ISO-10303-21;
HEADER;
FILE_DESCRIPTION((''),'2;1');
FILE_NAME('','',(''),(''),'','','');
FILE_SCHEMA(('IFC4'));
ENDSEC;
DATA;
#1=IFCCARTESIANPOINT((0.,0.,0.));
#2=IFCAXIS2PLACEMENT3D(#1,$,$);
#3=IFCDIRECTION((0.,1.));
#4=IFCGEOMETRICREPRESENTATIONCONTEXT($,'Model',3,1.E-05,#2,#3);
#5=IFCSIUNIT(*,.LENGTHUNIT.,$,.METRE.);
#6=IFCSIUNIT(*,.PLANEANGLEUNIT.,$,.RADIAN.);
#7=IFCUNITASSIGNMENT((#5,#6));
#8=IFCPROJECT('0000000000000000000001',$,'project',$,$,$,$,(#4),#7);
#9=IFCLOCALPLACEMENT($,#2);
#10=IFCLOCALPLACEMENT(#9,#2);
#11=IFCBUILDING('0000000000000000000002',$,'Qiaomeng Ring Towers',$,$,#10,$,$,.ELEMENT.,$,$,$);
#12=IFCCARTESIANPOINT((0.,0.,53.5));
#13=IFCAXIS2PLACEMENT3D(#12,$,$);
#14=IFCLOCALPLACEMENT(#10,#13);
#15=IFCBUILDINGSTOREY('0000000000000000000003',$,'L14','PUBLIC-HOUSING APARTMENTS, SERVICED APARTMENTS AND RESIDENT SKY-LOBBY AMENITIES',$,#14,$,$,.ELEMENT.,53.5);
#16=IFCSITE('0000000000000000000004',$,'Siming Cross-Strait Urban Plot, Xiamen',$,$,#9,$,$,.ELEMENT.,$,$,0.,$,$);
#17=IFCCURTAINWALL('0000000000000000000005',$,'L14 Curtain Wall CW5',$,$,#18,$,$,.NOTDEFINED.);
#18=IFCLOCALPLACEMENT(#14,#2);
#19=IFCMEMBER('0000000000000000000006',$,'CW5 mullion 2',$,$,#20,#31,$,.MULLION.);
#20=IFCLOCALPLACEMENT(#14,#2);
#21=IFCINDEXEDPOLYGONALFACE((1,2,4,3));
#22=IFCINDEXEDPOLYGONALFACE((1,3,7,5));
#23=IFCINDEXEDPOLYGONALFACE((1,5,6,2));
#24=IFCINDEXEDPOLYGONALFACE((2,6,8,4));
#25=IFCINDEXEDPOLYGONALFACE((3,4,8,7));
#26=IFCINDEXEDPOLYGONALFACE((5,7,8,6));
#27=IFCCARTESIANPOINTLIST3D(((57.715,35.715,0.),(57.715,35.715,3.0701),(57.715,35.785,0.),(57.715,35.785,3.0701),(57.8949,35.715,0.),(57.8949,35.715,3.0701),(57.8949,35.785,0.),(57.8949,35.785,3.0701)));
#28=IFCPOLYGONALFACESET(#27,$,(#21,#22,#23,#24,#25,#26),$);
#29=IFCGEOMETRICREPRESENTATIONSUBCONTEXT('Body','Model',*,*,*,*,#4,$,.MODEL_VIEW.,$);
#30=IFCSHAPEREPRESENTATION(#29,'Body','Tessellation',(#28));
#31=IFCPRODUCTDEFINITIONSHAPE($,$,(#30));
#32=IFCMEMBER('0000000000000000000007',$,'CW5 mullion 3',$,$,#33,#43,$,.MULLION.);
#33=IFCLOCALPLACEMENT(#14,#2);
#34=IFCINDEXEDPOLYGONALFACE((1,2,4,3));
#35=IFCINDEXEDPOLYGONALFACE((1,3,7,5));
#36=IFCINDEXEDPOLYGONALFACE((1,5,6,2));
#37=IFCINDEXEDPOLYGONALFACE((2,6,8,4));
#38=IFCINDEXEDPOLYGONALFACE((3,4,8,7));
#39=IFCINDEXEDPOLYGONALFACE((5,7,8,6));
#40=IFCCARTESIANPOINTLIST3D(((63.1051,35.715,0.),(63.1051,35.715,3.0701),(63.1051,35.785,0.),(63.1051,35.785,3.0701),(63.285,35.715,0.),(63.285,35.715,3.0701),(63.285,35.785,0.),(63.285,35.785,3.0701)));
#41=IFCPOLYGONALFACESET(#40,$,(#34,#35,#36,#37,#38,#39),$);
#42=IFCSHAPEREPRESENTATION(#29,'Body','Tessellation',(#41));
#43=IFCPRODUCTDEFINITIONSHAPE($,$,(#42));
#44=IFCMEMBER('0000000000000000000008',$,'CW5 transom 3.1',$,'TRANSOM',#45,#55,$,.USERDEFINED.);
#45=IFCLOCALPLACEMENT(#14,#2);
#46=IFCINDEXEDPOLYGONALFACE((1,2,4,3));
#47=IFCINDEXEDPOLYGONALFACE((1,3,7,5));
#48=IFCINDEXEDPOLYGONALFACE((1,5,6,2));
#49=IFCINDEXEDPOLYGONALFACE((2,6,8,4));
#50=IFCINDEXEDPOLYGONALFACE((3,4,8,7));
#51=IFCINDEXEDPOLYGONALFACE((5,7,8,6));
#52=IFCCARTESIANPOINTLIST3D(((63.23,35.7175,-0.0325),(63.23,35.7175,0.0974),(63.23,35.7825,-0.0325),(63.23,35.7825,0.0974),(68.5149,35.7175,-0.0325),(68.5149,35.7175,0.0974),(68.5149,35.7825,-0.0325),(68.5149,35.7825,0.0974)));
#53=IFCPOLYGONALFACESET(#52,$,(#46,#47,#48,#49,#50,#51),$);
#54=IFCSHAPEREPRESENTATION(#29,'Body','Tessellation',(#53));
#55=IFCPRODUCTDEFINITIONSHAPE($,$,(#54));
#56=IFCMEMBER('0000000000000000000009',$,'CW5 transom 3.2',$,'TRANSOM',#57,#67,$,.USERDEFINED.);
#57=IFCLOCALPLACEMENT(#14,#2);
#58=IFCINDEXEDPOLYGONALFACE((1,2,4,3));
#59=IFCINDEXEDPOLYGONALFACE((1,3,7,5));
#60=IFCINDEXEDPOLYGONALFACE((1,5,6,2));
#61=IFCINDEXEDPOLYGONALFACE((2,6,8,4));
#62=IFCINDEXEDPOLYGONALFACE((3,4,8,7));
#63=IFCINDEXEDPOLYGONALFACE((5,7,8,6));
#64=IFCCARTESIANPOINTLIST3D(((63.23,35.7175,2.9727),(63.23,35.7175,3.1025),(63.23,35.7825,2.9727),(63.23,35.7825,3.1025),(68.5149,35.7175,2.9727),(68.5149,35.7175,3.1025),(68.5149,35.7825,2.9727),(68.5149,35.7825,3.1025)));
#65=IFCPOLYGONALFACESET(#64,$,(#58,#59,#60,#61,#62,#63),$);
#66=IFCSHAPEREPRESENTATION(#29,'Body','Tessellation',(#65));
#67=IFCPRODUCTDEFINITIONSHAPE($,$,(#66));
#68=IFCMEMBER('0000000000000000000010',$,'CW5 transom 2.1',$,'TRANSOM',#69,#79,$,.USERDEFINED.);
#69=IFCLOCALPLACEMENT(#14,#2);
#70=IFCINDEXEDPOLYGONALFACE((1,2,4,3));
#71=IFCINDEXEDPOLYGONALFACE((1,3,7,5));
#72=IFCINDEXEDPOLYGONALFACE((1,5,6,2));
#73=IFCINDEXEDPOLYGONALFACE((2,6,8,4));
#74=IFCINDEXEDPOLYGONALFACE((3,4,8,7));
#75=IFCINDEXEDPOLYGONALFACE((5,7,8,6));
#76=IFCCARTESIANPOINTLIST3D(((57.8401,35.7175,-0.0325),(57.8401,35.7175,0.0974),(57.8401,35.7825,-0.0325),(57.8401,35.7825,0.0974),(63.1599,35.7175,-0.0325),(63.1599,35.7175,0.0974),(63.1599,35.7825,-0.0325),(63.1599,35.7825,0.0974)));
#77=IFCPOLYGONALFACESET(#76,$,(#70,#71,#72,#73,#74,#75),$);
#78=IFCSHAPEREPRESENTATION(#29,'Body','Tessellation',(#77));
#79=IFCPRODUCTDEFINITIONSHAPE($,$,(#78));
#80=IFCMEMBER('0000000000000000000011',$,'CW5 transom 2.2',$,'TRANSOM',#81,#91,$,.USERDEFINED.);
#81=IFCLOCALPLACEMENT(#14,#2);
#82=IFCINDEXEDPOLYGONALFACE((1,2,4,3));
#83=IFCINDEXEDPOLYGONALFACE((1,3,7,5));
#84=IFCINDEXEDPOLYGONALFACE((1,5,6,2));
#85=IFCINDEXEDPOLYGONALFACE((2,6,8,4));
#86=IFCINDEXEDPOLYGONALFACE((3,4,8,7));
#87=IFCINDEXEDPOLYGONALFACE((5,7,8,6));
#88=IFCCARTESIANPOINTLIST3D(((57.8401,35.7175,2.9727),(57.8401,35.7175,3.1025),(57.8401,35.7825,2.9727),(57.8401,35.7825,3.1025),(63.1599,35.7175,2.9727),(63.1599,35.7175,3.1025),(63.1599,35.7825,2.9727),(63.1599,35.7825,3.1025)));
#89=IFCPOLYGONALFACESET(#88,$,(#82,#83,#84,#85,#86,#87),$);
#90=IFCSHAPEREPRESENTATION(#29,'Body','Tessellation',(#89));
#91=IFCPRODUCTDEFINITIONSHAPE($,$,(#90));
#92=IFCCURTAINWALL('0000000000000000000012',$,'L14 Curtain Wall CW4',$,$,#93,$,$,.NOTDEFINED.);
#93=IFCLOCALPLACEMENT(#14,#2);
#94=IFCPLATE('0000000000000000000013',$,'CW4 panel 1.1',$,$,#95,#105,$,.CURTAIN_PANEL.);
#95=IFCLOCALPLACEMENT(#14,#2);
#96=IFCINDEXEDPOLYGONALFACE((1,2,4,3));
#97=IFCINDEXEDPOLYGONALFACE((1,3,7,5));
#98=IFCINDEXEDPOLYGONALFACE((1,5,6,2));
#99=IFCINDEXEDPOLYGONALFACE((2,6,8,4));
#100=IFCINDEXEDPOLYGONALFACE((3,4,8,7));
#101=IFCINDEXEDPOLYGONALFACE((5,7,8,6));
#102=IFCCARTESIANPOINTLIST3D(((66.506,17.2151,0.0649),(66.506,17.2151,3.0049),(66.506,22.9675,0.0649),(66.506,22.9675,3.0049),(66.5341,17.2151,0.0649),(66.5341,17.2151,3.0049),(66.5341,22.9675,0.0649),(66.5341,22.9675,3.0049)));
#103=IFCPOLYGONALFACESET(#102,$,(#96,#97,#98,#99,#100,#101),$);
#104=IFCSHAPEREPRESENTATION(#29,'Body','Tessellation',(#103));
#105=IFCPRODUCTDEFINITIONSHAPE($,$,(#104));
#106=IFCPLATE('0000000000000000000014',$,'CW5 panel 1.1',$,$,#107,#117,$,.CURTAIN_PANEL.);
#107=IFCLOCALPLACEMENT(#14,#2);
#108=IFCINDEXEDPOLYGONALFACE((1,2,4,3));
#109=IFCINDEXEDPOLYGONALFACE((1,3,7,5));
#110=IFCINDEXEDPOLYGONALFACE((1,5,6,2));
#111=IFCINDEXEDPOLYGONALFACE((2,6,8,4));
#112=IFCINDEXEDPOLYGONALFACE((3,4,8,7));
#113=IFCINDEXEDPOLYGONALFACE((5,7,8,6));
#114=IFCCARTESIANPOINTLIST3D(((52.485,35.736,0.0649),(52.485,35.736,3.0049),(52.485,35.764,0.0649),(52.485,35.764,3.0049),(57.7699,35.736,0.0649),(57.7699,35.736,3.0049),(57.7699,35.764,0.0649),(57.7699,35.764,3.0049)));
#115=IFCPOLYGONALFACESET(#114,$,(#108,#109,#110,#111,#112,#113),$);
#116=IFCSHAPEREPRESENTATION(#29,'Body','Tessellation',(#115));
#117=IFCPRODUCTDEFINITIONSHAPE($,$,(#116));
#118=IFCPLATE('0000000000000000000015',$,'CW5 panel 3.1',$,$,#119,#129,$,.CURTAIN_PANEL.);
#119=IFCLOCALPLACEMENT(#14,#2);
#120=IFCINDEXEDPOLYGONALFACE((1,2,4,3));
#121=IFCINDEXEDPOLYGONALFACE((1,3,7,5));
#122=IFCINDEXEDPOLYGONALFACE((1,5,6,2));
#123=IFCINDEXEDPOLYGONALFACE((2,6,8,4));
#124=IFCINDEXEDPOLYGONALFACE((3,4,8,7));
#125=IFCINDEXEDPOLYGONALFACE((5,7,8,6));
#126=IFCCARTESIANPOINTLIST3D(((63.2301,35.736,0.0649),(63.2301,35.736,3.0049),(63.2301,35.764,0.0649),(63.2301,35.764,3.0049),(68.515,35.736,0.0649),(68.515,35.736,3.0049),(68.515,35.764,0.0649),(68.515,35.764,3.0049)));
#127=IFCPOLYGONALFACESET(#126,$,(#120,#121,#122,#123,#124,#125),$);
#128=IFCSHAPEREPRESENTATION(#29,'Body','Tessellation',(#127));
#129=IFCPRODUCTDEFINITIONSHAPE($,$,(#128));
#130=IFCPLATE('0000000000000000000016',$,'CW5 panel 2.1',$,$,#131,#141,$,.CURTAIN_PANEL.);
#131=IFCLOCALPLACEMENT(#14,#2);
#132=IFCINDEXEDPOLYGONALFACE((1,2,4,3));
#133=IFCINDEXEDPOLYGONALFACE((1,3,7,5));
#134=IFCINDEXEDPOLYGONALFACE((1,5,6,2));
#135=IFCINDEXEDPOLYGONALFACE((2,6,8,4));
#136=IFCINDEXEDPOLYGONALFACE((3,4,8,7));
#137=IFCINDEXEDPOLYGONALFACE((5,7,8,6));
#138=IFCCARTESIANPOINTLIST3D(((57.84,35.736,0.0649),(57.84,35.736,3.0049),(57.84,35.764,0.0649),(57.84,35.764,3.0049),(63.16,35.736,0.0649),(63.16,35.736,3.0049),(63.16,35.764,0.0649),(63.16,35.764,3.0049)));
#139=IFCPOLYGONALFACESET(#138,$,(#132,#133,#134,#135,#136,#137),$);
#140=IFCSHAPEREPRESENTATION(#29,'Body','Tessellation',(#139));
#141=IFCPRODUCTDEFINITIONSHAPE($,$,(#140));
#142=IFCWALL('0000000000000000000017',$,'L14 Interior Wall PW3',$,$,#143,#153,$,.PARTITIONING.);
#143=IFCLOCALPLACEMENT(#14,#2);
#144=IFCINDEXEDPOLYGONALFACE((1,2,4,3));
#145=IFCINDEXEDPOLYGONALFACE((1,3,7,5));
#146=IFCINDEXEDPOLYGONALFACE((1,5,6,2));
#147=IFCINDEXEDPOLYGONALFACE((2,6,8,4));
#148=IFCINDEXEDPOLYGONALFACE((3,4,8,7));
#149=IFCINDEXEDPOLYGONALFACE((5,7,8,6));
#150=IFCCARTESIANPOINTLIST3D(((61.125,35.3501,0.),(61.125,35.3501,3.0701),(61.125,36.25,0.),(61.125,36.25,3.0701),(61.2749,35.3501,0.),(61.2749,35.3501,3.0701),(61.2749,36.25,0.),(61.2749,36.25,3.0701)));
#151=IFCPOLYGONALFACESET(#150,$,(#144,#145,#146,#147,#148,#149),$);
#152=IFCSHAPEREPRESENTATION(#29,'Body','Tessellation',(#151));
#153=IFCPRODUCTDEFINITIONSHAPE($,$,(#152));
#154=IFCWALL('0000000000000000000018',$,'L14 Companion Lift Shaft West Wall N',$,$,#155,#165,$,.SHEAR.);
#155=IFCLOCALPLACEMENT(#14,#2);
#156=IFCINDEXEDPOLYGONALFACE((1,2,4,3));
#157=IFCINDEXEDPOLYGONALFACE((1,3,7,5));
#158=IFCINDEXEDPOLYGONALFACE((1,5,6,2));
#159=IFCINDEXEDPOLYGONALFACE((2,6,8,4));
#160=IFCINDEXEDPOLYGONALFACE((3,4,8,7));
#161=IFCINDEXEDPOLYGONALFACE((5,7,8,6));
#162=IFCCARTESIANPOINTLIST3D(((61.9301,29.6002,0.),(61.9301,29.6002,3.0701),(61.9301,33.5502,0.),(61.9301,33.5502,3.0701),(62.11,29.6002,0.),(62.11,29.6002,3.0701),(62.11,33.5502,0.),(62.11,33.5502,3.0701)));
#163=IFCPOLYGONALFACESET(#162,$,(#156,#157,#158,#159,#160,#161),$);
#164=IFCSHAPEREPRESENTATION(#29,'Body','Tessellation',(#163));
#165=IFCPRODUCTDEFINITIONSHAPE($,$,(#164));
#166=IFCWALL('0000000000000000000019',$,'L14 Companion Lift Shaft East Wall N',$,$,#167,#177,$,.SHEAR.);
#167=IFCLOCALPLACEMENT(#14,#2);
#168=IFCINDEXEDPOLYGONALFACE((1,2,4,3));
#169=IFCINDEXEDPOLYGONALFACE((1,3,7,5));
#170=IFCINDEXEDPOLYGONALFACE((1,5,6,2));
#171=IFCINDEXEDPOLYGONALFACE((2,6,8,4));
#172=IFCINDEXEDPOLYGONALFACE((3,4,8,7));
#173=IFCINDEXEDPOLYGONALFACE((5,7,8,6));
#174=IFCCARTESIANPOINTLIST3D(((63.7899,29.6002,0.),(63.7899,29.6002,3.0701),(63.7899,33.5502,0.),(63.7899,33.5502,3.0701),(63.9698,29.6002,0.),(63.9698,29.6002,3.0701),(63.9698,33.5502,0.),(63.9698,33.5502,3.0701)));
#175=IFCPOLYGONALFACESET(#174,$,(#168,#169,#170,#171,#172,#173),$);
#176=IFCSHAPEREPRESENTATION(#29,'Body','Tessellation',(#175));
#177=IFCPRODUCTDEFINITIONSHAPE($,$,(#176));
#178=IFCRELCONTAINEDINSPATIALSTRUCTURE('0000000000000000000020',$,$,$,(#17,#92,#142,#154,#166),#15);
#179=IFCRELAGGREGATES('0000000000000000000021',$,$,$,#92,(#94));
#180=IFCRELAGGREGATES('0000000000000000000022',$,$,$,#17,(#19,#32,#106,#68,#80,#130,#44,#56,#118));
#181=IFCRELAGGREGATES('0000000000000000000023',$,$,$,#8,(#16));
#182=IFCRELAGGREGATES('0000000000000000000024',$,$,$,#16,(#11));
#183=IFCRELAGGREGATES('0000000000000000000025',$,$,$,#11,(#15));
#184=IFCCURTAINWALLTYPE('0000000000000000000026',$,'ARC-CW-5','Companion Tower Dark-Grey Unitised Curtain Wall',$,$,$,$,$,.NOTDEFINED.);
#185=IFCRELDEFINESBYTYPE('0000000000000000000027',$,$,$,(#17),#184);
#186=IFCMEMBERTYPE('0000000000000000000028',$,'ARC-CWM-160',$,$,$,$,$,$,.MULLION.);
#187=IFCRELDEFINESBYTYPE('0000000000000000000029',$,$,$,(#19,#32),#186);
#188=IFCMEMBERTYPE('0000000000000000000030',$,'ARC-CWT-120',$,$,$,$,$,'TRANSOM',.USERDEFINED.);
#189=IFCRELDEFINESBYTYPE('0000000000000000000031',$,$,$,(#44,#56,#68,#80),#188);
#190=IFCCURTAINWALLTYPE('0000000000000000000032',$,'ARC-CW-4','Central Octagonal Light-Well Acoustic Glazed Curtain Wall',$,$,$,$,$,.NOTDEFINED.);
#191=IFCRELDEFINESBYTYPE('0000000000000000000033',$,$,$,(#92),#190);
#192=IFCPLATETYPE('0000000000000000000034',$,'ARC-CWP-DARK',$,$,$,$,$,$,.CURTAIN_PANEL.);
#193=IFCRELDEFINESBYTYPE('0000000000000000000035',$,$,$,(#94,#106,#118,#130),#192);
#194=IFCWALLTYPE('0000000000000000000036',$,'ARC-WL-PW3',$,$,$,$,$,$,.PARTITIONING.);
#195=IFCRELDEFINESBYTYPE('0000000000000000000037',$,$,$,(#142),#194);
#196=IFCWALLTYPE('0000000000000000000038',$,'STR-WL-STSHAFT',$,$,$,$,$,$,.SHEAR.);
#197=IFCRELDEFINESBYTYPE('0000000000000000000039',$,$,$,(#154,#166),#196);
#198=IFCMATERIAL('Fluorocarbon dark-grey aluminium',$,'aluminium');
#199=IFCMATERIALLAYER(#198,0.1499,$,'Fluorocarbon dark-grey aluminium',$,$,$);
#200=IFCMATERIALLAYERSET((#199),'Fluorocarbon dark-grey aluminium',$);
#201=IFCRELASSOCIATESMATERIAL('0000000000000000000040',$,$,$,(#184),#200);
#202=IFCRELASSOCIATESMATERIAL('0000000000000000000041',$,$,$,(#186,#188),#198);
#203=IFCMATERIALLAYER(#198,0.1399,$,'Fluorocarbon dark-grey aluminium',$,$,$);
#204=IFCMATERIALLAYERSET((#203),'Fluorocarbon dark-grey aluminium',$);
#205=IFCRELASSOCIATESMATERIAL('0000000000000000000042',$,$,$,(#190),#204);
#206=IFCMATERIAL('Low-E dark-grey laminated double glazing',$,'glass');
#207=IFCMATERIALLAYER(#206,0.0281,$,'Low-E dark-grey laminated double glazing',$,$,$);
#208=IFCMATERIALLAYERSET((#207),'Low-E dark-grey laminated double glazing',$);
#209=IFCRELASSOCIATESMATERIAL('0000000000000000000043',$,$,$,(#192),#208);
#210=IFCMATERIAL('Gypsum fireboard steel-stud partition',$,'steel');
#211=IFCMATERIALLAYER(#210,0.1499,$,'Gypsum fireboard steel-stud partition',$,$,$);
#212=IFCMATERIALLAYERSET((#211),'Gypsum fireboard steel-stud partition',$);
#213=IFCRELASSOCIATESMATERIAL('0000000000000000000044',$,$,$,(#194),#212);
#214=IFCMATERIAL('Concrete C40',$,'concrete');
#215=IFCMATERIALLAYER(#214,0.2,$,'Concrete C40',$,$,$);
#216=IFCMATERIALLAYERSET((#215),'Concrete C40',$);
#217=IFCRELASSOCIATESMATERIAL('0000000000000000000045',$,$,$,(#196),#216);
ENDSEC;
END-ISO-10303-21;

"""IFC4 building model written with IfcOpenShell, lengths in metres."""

from ifc_helpers import new_model, si_unit, direction, frame, frame_2d, origin, origin_2d, place, context, subcontext, project, spatial, rectangle, extrude, source, transform, mapped, material, layer, layer_set, material_profile, profile_set, type_object, element, aggregate, save


model = new_model("IFC4")

# Units and contexts
model_context = context("Model", 3, precision=1e-05, world=origin(), true_north=direction((0.0, 1.0)))
body_context = subcontext(model_context, "Body", "Model", "MODEL_VIEW")
ifc_project = project(units=[si_unit("LENGTHUNIT", "METRE"), si_unit("PLANEANGLEUNIT", "RADIAN")], contexts=[model_context])

# Site, building, storey
site_placement = place(None, origin())
site = spatial("IfcSite", under=ifc_project, at=site_placement, Name="Siming Cross-Strait Urban Plot, Xiamen", CompositionType="ELEMENT", RefElevation=0.0)
building_placement = place(site_placement, origin())
building = spatial("IfcBuilding", under=site, at=building_placement, Name="Qiaomeng Ring Towers", CompositionType="ELEMENT")
storey_placement = place(building_placement, frame((0.0, 0.0, 53.5)))
storey = spatial("IfcBuildingStorey", under=building, at=storey_placement, Name="L14", Description="PUBLIC-HOUSING APARTMENTS, SERVICED APARTMENTS AND RESIDENT SKY-LOBBY AMENITIES", CompositionType="ELEMENT", Elevation=53.5)

# Curtain wall, members
ifc_material_1 = material(Name="Fluorocarbon dark-grey aluminium", Category="aluminium")
ifc_layer_1 = layer(ifc_material_1, 0.1499, Name="Fluorocarbon dark-grey aluminium")
ifc_layer_set_1 = layer_set([ifc_layer_1], Name="Fluorocarbon dark-grey aluminium")
curtain_wall_type_1 = type_object("IfcCurtainWallType", Name="ARC-CW-5", Description="Companion Tower Dark-Grey Unitised Curtain Wall", PredefinedType="NOTDEFINED", material=ifc_layer_set_1)
curtain_wall_1_placement = place(storey_placement, origin())
curtain_wall_1 = element("IfcCurtainWall", 1, at=curtain_wall_1_placement, inside=storey, type_object=curtain_wall_type_1, Name="L14 Curtain Wall CW5", PredefinedType="NOTDEFINED")
ifc_material_profile_1 = material_profile(ifc_material_1, rectangle(XDim=0.0701, YDim=0.1799, at=origin_2d()), Name="ALU MULL 70x180")
ifc_profile_set_1 = profile_set([ifc_material_profile_1], Name="Fluorocarbon dark-grey aluminium")
member_type_1 = type_object("IfcMemberType", Name="ARC-CWM-160", PredefinedType="MULLION", material=ifc_profile_set_1)
shared_shape_1 = source(origin(), body_context, "Body", "SweptSolid", [
    extrude(rectangle(XDim=0.0701, YDim=0.1799, at=origin_2d()), origin(), (0.0, 0.0, 1.0), 3.0701),
])
member_1_placement = place(storey_placement, frame((57.8049, 35.75, 0.0), z_axis=(0.0, 0.0, 1.0), x_axis=(0.0, 1.0, 0.0)))
member_1 = element("IfcMember", 2, at=member_1_placement, type_object=member_type_1, Name="CW5 mullion 2", PredefinedType="MULLION", context=body_context, shape_type="MappedRepresentation", body=[
    mapped(shared_shape_1, transform((0.0, 0.0, 0.0), x_axis=(1.0, 0.0, 0.0), y_axis=(0.0, 1.0, 0.0), z_axis=(0.0, 0.0, 1.0), scale=1.0)),
])
member_2_placement = place(storey_placement, frame((63.1951, 35.75, 0.0), z_axis=(0.0, 0.0, 1.0), x_axis=(0.0, 1.0, 0.0)))
member_2 = element("IfcMember", 3, at=member_2_placement, type_object=member_type_1, Name="CW5 mullion 3", PredefinedType="MULLION", context=body_context, shape_type="MappedRepresentation", body=[
    mapped(shared_shape_1, transform((0.0, 0.0, 0.0), x_axis=(1.0, 0.0, 0.0), y_axis=(0.0, 1.0, 0.0), z_axis=(0.0, 0.0, 1.0), scale=1.0)),
])
ifc_material_profile_2 = material_profile(ifc_material_1, rectangle(XDim=0.0649, YDim=0.1299, at=origin_2d()), Name="ALU TRAN 65x130")
ifc_profile_set_2 = profile_set([ifc_material_profile_2], Name="Fluorocarbon dark-grey aluminium")
member_type_2 = type_object("IfcMemberType", Name="ARC-CWT-120", ElementType="TRANSOM", PredefinedType="USERDEFINED", material=ifc_profile_set_2)
shared_shape_2 = source(origin(), body_context, "Body", "SweptSolid", [
    extrude(rectangle(XDim=0.0649, YDim=0.1299, at=origin_2d()), origin(), (0.0, 0.0, 1.0), 5.2849),
])
member_3_placement = place(storey_placement, frame((63.23, 35.75, 0.0325), z_axis=(1.0, 0.0, 0.0), x_axis=(0.0, 1.0, 0.0)))
member_3 = element("IfcMember", 4, at=member_3_placement, type_object=member_type_2, Name="CW5 transom 3.1", ObjectType="TRANSOM", PredefinedType="USERDEFINED", context=body_context, shape_type="MappedRepresentation", body=[
    mapped(shared_shape_2, transform((0.0, 0.0, 0.0), x_axis=(1.0, 0.0, 0.0), y_axis=(0.0, 1.0, 0.0), z_axis=(0.0, 0.0, 1.0), scale=1.0)),
])
member_4_placement = place(storey_placement, frame((63.23, 35.75, 3.0376), z_axis=(1.0, 0.0, 0.0), x_axis=(0.0, 1.0, 0.0)))
member_4 = element("IfcMember", 5, at=member_4_placement, type_object=member_type_2, Name="CW5 transom 3.2", ObjectType="TRANSOM", PredefinedType="USERDEFINED", context=body_context, shape_type="MappedRepresentation", body=[
    mapped(shared_shape_2, transform((0.0, 0.0, 0.0), x_axis=(1.0, 0.0, 0.0), y_axis=(0.0, 1.0, 0.0), z_axis=(0.0, 0.0, 1.0), scale=1.0)),
])
shared_shape_3 = source(origin(), body_context, "Body", "SweptSolid", [
    extrude(rectangle(XDim=0.0649, YDim=0.1299, at=origin_2d()), origin(), (0.0, 0.0, 1.0), 5.3198),
])
member_5_placement = place(storey_placement, frame((57.8401, 35.75, 0.0325), z_axis=(1.0, 0.0, 0.0), x_axis=(0.0, 1.0, 0.0)))
member_5 = element("IfcMember", 6, at=member_5_placement, type_object=member_type_2, Name="CW5 transom 2.1", ObjectType="TRANSOM", PredefinedType="USERDEFINED", context=body_context, shape_type="MappedRepresentation", body=[
    mapped(shared_shape_3, transform((0.0, 0.0, 0.0), x_axis=(1.0, 0.0, 0.0), y_axis=(0.0, 1.0, 0.0), z_axis=(0.0, 0.0, 1.0), scale=1.0)),
])
member_6_placement = place(storey_placement, frame((57.8401, 35.75, 3.0376), z_axis=(1.0, 0.0, 0.0), x_axis=(0.0, 1.0, 0.0)))
member_6 = element("IfcMember", 7, at=member_6_placement, type_object=member_type_2, Name="CW5 transom 2.2", ObjectType="TRANSOM", PredefinedType="USERDEFINED", context=body_context, shape_type="MappedRepresentation", body=[
    mapped(shared_shape_3, transform((0.0, 0.0, 0.0), x_axis=(1.0, 0.0, 0.0), y_axis=(0.0, 1.0, 0.0), z_axis=(0.0, 0.0, 1.0), scale=1.0)),
])

# Curtain wall, plate
ifc_layer_2 = layer(ifc_material_1, 0.1399, Name="Fluorocarbon dark-grey aluminium")
ifc_layer_set_2 = layer_set([ifc_layer_2], Name="Fluorocarbon dark-grey aluminium")
curtain_wall_type_2 = type_object("IfcCurtainWallType", Name="ARC-CW-4", Description="Central Octagonal Light-Well Acoustic Glazed Curtain Wall", PredefinedType="NOTDEFINED", material=ifc_layer_set_2)
curtain_wall_2_placement = place(storey_placement, origin())
curtain_wall_2 = element("IfcCurtainWall", 8, at=curtain_wall_2_placement, inside=storey, type_object=curtain_wall_type_2, Name="L14 Curtain Wall CW4", PredefinedType="NOTDEFINED")
ifc_material_2 = material(Name="Low-E dark-grey laminated double glazing", Category="glass")
ifc_layer_3 = layer(ifc_material_2, 0.0281, Name="Low-E dark-grey laminated double glazing")
ifc_layer_set_3 = layer_set([ifc_layer_3], Name="Low-E dark-grey laminated double glazing")
plate_type = type_object("IfcPlateType", Name="ARC-CWP-DARK", PredefinedType="CURTAIN_PANEL", material=ifc_layer_set_3)
shared_shape_4 = source(origin(), body_context, "Body", "SweptSolid", [
    extrude(rectangle(XDim=5.7524, YDim=0.0281, at=origin_2d()), origin(), (0.0, 0.0, 1.0), 2.9399),
])
plate_1_placement = place(storey_placement, frame((66.52, 20.0913, 0.0649), z_axis=(0.0, 0.0, 1.0), x_axis=(0.0, 1.0, 0.0)))
plate_1 = element("IfcPlate", 9, at=plate_1_placement, type_object=plate_type, Name="CW4 panel 1.1", PredefinedType="CURTAIN_PANEL", context=body_context, shape_type="MappedRepresentation", body=[
    mapped(shared_shape_4, transform((0.0, 0.0, 0.0), x_axis=(1.0, 0.0, 0.0), y_axis=(0.0, 1.0, 0.0), z_axis=(0.0, 0.0, 1.0), scale=1.0)),
])
aggregate(curtain_wall_2, [plate_1])

# Plates
shared_shape_5 = source(origin(), body_context, "Body", "SweptSolid", [
    extrude(rectangle(XDim=5.2849, YDim=0.0281, at=origin_2d()), origin(), (0.0, 0.0, 1.0), 2.9399),
])
plate_2_placement = place(storey_placement, frame((55.1274, 35.75, 0.0649), z_axis=(0.0, 0.0, 1.0), x_axis=(1.0, 0.0, 0.0)))
plate_2 = element("IfcPlate", 10, at=plate_2_placement, type_object=plate_type, Name="CW5 panel 1.1", PredefinedType="CURTAIN_PANEL", context=body_context, shape_type="MappedRepresentation", body=[
    mapped(shared_shape_5, transform((0.0, 0.0, 0.0), x_axis=(1.0, 0.0, 0.0), y_axis=(0.0, 1.0, 0.0), z_axis=(0.0, 0.0, 1.0), scale=1.0)),
])
plate_3_placement = place(storey_placement, frame((65.8726, 35.75, 0.0649), z_axis=(0.0, 0.0, 1.0), x_axis=(1.0, 0.0, 0.0)))
plate_3 = element("IfcPlate", 11, at=plate_3_placement, type_object=plate_type, Name="CW5 panel 3.1", PredefinedType="CURTAIN_PANEL", context=body_context, shape_type="MappedRepresentation", body=[
    mapped(shared_shape_5, transform((0.0, 0.0, 0.0), x_axis=(1.0, 0.0, 0.0), y_axis=(0.0, 1.0, 0.0), z_axis=(0.0, 0.0, 1.0), scale=1.0)),
])
shared_shape_6 = source(origin(), body_context, "Body", "SweptSolid", [
    extrude(rectangle(XDim=5.3201, YDim=0.0281, at=origin_2d()), origin(), (0.0, 0.0, 1.0), 2.9399),
])
plate_4_placement = place(storey_placement, frame((60.5, 35.75, 0.0649), z_axis=(0.0, 0.0, 1.0), x_axis=(1.0, 0.0, 0.0)))
plate_4 = element("IfcPlate", 12, at=plate_4_placement, type_object=plate_type, Name="CW5 panel 2.1", PredefinedType="CURTAIN_PANEL", context=body_context, shape_type="MappedRepresentation", body=[
    mapped(shared_shape_6, transform((0.0, 0.0, 0.0), x_axis=(1.0, 0.0, 0.0), y_axis=(0.0, 1.0, 0.0), z_axis=(0.0, 0.0, 1.0), scale=1.0)),
])
aggregate(curtain_wall_1, [member_1, member_2, plate_2, member_5, member_6, plate_4, member_3, member_4, plate_3])

# Walls
ifc_material_3 = material(Name="Gypsum fireboard steel-stud partition", Category="steel")
ifc_layer_4 = layer(ifc_material_3, 0.1499, Name="Gypsum fireboard steel-stud partition")
ifc_layer_set_4 = layer_set([ifc_layer_4], Name="Gypsum fireboard steel-stud partition")
wall_type_1 = type_object("IfcWallType", Name="ARC-WL-PW3", PredefinedType="PARTITIONING", material=ifc_layer_set_4)
wall_1_placement = place(storey_placement, frame((61.2, 35.3501, 0.0), z_axis=(0.0, 0.0, 1.0), x_axis=(0.0, 1.0, 0.0)))
element("IfcWall", 13, at=wall_1_placement, inside=storey, type_object=wall_type_1, Name="L14 Interior Wall PW3", PredefinedType="PARTITIONING", context=body_context, shape_type="SweptSolid", body=[
    extrude(rectangle(XDim=0.8999, YDim=0.1499, at=frame_2d((0.45, 0.0))), origin(), (0.0, 0.0, 1.0), 3.0701),
])
ifc_material_4 = material(Name="Concrete C40", Category="concrete")
ifc_layer_5 = layer(ifc_material_4, 0.2, Name="Concrete C40")
ifc_layer_set_5 = layer_set([ifc_layer_5], Name="Concrete C40")
wall_type_2 = type_object("IfcWallType", Name="STR-WL-STSHAFT", PredefinedType="SHEAR", material=ifc_layer_set_5)
for number, where, z_axis, x_axis, name in (
    (14, (62.02, 29.6001, 0.0), (0.0, 0.0, 1.0), (0.0, 1.0, 0.0), "L14 Companion Lift Shaft West Wall N"),
    (15, (63.8799, 29.6001, 0.0), (0.0, 0.0, 1.0), (0.0, 1.0, 0.0), "L14 Companion Lift Shaft East Wall N"),
):
    element("IfcWall", number, at=place(storey_placement, frame(where, z_axis=z_axis, x_axis=x_axis)), inside=storey, type_object=wall_type_2, Name=name, PredefinedType="SHEAR", context=body_context, shape_type="SweptSolid", body=[
        extrude(rectangle(XDim=3.95, YDim=0.1799, at=frame_2d((1.9751, 0.0))), origin(), (0.0, 0.0, 1.0), 3.0701),
    ])

save(model, "model.ifc")
